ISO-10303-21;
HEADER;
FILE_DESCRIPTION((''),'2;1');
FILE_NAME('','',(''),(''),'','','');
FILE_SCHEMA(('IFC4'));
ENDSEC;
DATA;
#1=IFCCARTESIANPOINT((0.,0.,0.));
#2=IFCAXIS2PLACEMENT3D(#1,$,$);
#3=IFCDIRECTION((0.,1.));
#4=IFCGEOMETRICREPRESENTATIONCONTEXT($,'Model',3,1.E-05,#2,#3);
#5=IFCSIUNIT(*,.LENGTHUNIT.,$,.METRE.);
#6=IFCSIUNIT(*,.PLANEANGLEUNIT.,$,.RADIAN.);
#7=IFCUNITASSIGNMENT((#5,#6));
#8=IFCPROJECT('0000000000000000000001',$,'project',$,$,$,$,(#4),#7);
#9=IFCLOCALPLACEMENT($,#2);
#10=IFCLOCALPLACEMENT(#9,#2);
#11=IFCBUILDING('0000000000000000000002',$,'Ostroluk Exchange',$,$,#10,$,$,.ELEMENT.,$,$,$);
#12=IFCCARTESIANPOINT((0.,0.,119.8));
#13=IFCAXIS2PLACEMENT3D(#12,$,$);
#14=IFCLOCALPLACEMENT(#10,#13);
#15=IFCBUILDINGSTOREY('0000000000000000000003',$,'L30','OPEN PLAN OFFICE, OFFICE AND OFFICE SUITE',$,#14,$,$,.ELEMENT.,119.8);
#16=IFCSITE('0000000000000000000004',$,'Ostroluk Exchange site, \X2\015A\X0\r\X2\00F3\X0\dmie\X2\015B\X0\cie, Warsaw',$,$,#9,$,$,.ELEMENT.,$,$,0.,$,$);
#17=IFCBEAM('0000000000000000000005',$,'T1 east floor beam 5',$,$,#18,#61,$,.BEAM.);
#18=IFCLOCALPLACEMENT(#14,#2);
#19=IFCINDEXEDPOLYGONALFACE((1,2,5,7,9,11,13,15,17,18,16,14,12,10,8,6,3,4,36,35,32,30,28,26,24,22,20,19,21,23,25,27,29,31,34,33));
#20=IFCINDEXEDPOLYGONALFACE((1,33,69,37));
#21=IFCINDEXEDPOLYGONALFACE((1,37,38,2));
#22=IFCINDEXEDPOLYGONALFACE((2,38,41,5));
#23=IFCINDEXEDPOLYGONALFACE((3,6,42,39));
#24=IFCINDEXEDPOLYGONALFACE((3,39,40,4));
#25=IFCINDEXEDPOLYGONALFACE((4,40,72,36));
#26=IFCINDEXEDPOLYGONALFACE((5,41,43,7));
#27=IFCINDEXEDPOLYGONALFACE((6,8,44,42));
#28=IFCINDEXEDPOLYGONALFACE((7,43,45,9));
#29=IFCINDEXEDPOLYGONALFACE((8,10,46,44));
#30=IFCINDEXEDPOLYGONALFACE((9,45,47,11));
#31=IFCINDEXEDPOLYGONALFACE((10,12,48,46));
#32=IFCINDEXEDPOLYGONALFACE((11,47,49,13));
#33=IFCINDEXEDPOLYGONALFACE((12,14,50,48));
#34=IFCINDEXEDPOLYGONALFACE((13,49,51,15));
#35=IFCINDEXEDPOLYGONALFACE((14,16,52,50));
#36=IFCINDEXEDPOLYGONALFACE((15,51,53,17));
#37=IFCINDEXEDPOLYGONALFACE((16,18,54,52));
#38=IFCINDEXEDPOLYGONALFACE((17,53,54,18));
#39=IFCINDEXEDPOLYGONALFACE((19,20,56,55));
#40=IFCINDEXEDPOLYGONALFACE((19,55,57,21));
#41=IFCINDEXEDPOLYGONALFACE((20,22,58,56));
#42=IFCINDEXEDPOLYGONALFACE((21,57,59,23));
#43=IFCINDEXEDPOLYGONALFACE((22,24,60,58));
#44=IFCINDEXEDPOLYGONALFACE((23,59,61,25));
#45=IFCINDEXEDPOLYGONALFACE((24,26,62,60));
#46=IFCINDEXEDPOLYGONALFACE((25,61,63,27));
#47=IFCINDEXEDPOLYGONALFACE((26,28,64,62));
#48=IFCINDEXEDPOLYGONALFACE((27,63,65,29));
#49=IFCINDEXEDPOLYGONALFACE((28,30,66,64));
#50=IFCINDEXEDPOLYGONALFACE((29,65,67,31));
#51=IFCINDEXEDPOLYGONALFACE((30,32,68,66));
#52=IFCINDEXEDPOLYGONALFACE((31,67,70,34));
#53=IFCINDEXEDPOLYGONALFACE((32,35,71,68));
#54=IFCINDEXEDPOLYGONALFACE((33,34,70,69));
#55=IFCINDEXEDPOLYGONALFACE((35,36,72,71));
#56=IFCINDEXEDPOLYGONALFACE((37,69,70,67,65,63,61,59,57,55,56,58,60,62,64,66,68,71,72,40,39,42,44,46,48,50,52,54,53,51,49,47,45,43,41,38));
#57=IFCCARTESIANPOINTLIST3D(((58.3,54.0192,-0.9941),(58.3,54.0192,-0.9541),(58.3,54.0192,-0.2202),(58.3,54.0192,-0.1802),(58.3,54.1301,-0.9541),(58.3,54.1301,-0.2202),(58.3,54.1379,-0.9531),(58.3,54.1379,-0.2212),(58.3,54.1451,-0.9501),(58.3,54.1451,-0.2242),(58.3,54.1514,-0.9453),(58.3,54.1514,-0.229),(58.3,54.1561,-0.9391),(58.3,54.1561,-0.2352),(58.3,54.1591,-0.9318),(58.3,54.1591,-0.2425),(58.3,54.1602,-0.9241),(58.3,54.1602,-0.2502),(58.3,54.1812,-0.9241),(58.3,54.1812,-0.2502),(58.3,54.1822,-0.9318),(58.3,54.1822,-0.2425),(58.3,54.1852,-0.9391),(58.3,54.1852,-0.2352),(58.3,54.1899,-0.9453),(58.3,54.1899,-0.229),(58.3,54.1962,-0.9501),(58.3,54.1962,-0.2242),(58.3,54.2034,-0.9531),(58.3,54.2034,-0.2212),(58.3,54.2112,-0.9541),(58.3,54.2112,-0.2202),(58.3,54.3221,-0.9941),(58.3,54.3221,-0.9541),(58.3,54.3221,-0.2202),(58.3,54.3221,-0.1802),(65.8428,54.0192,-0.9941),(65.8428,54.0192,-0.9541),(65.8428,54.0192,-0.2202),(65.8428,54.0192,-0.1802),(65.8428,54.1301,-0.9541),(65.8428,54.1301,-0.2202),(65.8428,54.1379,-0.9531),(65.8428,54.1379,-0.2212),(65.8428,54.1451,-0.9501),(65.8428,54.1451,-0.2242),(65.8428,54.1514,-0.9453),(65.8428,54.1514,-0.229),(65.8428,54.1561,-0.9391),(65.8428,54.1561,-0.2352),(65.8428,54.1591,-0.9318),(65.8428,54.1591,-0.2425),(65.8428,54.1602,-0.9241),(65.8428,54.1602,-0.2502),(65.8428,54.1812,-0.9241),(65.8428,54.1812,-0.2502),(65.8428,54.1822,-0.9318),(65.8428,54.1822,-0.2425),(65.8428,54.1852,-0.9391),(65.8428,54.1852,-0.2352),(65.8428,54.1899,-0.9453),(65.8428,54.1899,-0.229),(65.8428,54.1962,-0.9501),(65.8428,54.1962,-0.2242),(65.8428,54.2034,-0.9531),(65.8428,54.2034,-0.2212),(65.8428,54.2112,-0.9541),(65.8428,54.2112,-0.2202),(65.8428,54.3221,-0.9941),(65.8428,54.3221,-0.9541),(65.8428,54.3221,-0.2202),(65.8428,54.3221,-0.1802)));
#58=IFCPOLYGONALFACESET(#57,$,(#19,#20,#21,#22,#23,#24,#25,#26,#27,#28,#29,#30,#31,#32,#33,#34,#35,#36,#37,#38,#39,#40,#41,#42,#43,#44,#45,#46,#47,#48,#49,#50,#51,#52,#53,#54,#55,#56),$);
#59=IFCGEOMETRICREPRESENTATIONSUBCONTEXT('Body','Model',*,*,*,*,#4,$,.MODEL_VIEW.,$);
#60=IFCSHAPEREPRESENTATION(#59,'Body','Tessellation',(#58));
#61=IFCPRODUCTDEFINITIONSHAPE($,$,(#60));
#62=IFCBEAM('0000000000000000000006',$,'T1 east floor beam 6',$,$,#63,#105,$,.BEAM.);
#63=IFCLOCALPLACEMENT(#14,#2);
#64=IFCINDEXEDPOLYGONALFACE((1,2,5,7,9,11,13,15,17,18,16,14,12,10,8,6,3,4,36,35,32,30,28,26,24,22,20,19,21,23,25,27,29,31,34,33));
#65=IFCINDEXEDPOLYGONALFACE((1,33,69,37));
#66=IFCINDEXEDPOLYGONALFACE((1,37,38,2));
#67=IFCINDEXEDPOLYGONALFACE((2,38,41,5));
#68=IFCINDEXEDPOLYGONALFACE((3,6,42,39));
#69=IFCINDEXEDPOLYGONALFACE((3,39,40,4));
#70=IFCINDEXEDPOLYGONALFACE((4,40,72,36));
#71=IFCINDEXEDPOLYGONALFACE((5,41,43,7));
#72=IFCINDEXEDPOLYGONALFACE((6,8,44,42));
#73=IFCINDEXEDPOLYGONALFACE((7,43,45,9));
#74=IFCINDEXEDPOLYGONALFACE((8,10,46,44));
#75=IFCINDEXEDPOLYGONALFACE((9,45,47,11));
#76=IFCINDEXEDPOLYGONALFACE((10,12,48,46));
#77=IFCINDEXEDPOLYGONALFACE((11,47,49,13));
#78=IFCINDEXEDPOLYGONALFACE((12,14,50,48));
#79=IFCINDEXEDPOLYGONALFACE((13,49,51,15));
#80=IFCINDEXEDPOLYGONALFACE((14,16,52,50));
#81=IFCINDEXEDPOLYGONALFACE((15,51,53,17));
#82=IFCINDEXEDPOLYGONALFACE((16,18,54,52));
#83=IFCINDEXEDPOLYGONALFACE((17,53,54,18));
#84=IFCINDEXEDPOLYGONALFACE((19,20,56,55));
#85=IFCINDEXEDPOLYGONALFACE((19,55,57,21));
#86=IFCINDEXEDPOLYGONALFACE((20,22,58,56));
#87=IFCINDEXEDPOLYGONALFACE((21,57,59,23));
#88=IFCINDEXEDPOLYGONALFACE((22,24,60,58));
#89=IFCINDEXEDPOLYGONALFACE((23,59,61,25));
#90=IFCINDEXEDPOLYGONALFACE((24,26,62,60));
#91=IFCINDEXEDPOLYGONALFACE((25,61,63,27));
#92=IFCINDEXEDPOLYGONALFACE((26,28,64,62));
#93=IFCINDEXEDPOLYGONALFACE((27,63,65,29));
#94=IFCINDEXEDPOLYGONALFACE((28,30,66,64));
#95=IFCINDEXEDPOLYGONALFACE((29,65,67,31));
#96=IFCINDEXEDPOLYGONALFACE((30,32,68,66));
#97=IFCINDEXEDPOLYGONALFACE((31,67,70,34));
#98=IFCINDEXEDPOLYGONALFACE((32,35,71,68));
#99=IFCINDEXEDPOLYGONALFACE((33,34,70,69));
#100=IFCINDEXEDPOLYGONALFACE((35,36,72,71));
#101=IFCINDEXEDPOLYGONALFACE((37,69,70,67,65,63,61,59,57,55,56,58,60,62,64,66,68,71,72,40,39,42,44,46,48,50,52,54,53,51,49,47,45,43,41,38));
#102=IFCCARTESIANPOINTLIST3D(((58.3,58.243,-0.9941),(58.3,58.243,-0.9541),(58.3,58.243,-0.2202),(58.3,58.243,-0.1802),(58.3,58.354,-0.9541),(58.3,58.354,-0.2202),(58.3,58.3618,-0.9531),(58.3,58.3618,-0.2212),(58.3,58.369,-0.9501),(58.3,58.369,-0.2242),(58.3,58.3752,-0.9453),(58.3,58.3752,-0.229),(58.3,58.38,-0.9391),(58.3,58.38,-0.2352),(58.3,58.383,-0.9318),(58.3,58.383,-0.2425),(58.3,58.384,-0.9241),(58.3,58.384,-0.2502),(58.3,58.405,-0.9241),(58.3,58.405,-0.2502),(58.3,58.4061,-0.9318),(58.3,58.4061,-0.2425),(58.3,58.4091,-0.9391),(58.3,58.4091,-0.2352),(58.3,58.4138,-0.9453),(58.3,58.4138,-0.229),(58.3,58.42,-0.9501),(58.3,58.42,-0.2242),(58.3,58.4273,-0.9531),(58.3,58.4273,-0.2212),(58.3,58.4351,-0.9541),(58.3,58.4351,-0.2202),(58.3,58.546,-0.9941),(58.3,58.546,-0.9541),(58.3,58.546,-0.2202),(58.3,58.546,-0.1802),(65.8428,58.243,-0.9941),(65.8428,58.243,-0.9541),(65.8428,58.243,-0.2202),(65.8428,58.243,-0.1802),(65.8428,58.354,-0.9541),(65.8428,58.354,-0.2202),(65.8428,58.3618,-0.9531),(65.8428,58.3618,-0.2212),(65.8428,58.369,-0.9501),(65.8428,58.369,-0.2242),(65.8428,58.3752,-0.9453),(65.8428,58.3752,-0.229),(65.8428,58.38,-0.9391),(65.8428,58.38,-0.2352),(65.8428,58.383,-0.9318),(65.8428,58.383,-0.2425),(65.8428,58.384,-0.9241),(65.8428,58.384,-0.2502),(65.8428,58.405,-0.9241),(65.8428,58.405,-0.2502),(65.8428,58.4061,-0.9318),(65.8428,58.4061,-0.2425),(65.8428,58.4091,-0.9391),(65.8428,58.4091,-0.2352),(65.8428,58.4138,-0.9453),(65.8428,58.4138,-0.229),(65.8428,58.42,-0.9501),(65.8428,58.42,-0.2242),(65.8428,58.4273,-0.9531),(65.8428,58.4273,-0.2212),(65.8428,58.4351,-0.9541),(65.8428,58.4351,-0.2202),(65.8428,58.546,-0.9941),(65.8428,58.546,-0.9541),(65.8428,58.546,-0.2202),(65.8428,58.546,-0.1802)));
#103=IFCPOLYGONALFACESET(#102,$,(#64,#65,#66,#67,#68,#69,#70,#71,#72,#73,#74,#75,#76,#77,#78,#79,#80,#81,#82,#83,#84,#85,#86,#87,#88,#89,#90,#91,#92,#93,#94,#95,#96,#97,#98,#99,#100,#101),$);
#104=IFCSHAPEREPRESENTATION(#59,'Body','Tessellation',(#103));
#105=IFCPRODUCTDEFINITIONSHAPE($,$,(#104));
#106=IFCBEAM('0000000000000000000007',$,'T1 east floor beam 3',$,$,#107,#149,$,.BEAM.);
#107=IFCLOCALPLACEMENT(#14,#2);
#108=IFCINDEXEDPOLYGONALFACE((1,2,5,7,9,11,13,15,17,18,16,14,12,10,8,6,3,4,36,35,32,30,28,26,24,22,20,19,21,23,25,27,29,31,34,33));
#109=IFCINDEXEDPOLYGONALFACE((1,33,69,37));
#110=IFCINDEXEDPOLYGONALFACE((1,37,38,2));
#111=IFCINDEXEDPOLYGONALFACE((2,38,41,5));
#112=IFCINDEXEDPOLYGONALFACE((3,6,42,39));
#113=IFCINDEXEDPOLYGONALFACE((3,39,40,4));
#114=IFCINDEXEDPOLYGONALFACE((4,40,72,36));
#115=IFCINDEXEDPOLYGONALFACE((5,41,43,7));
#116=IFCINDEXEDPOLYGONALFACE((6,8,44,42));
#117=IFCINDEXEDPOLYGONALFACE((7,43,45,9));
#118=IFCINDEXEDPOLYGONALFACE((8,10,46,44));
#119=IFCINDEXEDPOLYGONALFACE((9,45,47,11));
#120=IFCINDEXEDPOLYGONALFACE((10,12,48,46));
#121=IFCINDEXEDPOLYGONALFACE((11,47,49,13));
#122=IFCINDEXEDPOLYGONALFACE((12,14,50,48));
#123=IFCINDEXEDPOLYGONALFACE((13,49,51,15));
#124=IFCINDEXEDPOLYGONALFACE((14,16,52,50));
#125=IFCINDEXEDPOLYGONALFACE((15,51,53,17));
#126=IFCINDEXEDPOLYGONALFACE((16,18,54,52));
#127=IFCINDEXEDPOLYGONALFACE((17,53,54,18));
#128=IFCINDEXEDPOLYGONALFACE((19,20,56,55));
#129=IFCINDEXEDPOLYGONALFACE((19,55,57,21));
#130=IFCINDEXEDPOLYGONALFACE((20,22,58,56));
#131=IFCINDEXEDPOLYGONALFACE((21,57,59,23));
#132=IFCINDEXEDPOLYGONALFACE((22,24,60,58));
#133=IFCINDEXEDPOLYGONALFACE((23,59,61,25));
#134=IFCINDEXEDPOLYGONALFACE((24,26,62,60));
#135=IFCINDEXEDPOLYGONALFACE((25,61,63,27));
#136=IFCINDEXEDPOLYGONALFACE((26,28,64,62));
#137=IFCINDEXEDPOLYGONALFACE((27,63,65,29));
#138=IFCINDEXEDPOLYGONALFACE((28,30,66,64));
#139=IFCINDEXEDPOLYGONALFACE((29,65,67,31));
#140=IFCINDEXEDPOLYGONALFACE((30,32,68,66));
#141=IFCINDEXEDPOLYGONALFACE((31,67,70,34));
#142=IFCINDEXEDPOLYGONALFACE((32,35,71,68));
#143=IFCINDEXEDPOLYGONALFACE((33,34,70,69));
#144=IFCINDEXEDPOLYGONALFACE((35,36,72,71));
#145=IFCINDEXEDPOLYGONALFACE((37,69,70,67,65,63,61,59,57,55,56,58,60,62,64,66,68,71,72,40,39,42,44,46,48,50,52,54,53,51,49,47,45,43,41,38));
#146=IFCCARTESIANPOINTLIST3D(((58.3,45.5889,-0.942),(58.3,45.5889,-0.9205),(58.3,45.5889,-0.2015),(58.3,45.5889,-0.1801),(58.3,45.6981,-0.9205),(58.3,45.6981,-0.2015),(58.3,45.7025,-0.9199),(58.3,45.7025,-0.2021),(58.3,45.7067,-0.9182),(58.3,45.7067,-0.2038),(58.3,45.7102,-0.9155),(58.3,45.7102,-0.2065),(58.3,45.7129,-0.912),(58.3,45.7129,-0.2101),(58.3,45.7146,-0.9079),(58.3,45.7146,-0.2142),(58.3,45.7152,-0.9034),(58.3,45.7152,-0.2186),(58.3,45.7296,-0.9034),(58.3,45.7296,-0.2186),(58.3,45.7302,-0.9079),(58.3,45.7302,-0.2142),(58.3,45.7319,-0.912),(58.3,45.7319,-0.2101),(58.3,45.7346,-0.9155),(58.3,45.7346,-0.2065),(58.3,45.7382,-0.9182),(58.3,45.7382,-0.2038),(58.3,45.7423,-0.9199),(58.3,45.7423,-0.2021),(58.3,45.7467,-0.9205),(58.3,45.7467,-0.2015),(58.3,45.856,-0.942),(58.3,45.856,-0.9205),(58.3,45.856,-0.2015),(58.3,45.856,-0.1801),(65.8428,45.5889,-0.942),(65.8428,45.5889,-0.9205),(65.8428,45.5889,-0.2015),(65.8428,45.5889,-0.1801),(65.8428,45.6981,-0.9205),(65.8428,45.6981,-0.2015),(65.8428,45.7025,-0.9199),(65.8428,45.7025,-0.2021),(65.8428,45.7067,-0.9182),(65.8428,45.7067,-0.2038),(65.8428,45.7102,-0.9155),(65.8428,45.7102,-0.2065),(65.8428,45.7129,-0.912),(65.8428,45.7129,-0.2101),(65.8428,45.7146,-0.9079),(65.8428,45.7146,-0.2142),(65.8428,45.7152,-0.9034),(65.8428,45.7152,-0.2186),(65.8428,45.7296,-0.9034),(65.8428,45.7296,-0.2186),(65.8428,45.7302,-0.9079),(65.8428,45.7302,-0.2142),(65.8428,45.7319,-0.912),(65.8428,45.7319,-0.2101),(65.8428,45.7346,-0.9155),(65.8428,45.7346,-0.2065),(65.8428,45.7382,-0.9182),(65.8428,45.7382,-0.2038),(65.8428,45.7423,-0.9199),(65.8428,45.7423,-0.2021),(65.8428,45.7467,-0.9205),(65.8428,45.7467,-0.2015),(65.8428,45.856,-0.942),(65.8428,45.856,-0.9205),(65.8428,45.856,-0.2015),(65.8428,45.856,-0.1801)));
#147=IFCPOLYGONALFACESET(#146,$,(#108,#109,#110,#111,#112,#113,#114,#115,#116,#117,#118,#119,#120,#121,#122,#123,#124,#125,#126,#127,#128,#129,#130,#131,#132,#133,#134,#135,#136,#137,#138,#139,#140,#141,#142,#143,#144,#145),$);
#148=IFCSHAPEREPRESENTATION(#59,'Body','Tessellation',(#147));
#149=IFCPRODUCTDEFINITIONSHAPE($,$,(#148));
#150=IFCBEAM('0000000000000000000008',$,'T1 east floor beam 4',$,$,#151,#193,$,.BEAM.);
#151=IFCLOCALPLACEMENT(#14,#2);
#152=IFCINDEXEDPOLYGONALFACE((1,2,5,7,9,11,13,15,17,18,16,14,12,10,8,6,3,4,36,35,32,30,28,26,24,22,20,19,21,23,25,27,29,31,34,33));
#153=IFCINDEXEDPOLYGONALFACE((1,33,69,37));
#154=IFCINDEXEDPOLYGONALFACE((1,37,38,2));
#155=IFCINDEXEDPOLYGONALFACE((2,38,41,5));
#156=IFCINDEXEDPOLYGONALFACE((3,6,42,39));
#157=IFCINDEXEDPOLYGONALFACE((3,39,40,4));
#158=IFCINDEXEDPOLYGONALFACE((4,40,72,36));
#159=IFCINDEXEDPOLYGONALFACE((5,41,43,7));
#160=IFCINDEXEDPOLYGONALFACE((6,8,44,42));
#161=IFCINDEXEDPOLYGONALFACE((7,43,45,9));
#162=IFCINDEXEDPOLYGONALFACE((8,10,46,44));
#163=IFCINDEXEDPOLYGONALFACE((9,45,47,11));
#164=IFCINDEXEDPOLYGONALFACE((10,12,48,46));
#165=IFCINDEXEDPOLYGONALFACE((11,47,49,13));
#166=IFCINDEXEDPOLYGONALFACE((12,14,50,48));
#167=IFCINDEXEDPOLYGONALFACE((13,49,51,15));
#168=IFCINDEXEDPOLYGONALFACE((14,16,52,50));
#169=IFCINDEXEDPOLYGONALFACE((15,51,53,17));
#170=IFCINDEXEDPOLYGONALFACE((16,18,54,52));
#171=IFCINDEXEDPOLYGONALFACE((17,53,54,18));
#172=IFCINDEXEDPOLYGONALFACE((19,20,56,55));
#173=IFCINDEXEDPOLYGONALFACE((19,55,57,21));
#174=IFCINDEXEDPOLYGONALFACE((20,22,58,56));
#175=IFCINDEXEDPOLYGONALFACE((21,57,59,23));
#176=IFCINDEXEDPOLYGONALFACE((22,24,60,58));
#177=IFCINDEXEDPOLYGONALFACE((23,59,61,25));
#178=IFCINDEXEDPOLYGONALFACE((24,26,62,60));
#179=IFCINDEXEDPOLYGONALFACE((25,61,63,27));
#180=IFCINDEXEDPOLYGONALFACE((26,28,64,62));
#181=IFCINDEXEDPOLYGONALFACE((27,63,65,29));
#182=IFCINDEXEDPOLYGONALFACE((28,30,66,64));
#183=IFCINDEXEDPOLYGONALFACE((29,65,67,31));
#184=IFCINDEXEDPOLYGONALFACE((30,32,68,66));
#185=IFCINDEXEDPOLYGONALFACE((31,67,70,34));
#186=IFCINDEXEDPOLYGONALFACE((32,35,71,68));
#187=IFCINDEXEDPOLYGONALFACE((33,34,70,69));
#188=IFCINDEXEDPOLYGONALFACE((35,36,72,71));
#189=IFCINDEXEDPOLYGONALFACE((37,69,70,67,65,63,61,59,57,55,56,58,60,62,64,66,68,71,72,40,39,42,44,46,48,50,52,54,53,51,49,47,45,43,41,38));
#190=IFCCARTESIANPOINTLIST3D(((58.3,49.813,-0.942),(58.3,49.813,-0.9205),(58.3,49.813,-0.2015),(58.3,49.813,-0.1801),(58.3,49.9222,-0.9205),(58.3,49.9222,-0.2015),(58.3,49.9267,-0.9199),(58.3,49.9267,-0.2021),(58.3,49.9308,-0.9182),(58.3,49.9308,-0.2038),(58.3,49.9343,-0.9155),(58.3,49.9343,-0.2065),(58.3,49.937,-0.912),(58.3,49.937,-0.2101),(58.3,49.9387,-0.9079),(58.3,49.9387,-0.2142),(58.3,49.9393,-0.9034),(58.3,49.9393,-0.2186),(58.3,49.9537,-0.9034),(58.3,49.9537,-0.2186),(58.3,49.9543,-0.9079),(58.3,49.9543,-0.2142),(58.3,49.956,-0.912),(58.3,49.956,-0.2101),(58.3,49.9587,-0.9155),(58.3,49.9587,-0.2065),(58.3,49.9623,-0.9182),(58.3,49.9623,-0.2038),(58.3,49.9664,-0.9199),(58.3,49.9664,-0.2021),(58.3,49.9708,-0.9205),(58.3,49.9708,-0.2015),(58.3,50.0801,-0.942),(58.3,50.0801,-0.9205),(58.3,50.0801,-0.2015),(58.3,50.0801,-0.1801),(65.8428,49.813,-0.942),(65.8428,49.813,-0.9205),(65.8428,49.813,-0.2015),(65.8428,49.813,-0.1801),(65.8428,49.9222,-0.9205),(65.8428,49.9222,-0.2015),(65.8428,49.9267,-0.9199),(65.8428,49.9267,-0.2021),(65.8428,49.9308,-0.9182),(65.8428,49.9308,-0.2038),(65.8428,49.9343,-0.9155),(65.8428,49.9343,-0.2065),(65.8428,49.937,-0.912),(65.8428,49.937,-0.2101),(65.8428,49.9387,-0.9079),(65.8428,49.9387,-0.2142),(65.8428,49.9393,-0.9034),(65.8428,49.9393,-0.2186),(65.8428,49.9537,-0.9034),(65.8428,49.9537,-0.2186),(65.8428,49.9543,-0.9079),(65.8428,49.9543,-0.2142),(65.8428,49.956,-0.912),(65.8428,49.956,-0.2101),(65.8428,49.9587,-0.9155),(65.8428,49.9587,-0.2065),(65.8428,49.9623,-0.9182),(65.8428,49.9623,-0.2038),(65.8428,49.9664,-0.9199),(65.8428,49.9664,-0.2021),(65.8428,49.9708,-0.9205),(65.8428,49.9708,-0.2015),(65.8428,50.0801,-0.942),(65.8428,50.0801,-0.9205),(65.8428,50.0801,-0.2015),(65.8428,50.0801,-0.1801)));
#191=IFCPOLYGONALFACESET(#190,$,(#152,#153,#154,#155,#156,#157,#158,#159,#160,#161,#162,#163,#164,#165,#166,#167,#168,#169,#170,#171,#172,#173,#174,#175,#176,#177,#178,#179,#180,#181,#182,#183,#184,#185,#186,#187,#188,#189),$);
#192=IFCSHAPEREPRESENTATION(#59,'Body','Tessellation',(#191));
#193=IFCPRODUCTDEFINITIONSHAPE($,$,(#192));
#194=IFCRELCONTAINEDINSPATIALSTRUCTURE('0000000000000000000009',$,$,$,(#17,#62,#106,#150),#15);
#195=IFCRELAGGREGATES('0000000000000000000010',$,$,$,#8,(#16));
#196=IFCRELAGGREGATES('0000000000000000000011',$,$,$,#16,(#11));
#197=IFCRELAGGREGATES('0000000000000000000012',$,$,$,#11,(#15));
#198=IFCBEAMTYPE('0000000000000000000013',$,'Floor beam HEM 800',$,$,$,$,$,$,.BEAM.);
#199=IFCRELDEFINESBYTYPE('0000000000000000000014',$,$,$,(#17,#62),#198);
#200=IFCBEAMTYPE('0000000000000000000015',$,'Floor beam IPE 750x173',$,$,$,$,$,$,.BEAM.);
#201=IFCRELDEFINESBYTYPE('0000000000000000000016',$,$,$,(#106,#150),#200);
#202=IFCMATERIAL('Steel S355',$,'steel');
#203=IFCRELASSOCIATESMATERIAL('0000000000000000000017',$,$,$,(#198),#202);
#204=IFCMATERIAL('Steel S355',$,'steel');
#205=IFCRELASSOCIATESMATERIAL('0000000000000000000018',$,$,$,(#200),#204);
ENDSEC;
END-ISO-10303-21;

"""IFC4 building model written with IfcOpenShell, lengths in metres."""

from ifc_helpers import new_model, si_unit, direction, frame, origin, origin_2d, place, context, subcontext, project, spatial, i_section, extrude, material, material_profile, profile_set, type_object, element, save


model = new_model("IFC4")

# Units and contexts
model_context = context("Model", 3, precision=1e-05, world=origin(), true_north=direction((0.0, 1.0)))
body_context = subcontext(model_context, "Body", "Model", "MODEL_VIEW")
ifc_project = project(units=[si_unit("LENGTHUNIT", "METRE"), si_unit("PLANEANGLEUNIT", "RADIAN")], contexts=[model_context])

# Site, building, storey
site_placement = place(None, origin())
site = spatial("IfcSite", under=ifc_project, at=site_placement, Name="Ostroluk Exchange site, Śródmieście, Warsaw", CompositionType="ELEMENT", RefElevation=0.0)
building_placement = place(site_placement, origin())
building = spatial("IfcBuilding", under=site, at=building_placement, Name="Ostroluk Exchange", CompositionType="ELEMENT")
storey_placement = place(building_placement, frame((0.0, 0.0, 119.8)))
storey = spatial("IfcBuildingStorey", under=building, at=storey_placement, Name="L30", Description="OPEN PLAN OFFICE, OFFICE AND OFFICE SUITE", CompositionType="ELEMENT", Elevation=119.8)

# Beams
ifc_material_1 = material(Name="Steel S355", Category="steel")
ifc_material_profile_1 = material_profile(ifc_material_1, i_section(OverallWidth=0.303, OverallDepth=0.814, WebThickness=0.021, FlangeThickness=0.04, FilletRadius=0.03, at=origin_2d()), Name="HEM 800")
ifc_profile_set_1 = profile_set([ifc_material_profile_1], Name="Steel S355")
beam_type_1 = type_object("IfcBeamType", Name="Floor beam HEM 800", PredefinedType="BEAM", material=ifc_profile_set_1)
for number, where, z_axis, x_axis, name in (
    (1, (58.3, 54.1707, -0.5872), (1.0, 0.0, 0.0), (0.0, 1.0, 0.0), "T1 east floor beam 5"),
    (2, (58.3, 58.3945, -0.5872), (1.0, 0.0, 0.0), (0.0, 1.0, 0.0), "T1 east floor beam 6"),
):
    element("IfcBeam", number, at=place(storey_placement, frame(where, z_axis=z_axis, x_axis=x_axis)), inside=storey, type_object=beam_type_1, Name=name, PredefinedType="BEAM", context=body_context, shape_type="SweptSolid", body=[
        extrude(i_section(OverallWidth=0.303, OverallDepth=0.814, WebThickness=0.021, FlangeThickness=0.04, FilletRadius=0.03, at=origin_2d()), origin(), (0.0, 0.0, 1.0), 7.5427),
    ])
ifc_material_2 = material(Name="Steel S355", Category="steel")
ifc_material_profile_2 = material_profile(ifc_material_2, i_section(OverallWidth=0.2671, OverallDepth=0.762, WebThickness=0.0144, FlangeThickness=0.0215, FilletRadius=0.0171, at=origin_2d()), Name="IPE 750x173")
ifc_profile_set_2 = profile_set([ifc_material_profile_2], Name="Steel S355")
beam_type_2 = type_object("IfcBeamType", Name="Floor beam IPE 750x173", PredefinedType="BEAM", material=ifc_profile_set_2)
for number, where, z_axis, x_axis, name in (
    (3, (58.3, 45.7224, -0.561), (1.0, 0.0, 0.0), (0.0, 1.0, 0.0), "T1 east floor beam 3"),
    (4, (58.3, 49.9465, -0.561), (1.0, 0.0, 0.0), (0.0, 1.0, 0.0), "T1 east floor beam 4"),
):
    element("IfcBeam", number, at=place(storey_placement, frame(where, z_axis=z_axis, x_axis=x_axis)), inside=storey, type_object=beam_type_2, Name=name, PredefinedType="BEAM", context=body_context, shape_type="SweptSolid", body=[
        extrude(i_section(OverallWidth=0.2671, OverallDepth=0.762, WebThickness=0.0144, FlangeThickness=0.0215, FilletRadius=0.0171, at=origin_2d()), origin(), (0.0, 0.0, 1.0), 7.5427),
    ])

save(model, "model.ifc")
